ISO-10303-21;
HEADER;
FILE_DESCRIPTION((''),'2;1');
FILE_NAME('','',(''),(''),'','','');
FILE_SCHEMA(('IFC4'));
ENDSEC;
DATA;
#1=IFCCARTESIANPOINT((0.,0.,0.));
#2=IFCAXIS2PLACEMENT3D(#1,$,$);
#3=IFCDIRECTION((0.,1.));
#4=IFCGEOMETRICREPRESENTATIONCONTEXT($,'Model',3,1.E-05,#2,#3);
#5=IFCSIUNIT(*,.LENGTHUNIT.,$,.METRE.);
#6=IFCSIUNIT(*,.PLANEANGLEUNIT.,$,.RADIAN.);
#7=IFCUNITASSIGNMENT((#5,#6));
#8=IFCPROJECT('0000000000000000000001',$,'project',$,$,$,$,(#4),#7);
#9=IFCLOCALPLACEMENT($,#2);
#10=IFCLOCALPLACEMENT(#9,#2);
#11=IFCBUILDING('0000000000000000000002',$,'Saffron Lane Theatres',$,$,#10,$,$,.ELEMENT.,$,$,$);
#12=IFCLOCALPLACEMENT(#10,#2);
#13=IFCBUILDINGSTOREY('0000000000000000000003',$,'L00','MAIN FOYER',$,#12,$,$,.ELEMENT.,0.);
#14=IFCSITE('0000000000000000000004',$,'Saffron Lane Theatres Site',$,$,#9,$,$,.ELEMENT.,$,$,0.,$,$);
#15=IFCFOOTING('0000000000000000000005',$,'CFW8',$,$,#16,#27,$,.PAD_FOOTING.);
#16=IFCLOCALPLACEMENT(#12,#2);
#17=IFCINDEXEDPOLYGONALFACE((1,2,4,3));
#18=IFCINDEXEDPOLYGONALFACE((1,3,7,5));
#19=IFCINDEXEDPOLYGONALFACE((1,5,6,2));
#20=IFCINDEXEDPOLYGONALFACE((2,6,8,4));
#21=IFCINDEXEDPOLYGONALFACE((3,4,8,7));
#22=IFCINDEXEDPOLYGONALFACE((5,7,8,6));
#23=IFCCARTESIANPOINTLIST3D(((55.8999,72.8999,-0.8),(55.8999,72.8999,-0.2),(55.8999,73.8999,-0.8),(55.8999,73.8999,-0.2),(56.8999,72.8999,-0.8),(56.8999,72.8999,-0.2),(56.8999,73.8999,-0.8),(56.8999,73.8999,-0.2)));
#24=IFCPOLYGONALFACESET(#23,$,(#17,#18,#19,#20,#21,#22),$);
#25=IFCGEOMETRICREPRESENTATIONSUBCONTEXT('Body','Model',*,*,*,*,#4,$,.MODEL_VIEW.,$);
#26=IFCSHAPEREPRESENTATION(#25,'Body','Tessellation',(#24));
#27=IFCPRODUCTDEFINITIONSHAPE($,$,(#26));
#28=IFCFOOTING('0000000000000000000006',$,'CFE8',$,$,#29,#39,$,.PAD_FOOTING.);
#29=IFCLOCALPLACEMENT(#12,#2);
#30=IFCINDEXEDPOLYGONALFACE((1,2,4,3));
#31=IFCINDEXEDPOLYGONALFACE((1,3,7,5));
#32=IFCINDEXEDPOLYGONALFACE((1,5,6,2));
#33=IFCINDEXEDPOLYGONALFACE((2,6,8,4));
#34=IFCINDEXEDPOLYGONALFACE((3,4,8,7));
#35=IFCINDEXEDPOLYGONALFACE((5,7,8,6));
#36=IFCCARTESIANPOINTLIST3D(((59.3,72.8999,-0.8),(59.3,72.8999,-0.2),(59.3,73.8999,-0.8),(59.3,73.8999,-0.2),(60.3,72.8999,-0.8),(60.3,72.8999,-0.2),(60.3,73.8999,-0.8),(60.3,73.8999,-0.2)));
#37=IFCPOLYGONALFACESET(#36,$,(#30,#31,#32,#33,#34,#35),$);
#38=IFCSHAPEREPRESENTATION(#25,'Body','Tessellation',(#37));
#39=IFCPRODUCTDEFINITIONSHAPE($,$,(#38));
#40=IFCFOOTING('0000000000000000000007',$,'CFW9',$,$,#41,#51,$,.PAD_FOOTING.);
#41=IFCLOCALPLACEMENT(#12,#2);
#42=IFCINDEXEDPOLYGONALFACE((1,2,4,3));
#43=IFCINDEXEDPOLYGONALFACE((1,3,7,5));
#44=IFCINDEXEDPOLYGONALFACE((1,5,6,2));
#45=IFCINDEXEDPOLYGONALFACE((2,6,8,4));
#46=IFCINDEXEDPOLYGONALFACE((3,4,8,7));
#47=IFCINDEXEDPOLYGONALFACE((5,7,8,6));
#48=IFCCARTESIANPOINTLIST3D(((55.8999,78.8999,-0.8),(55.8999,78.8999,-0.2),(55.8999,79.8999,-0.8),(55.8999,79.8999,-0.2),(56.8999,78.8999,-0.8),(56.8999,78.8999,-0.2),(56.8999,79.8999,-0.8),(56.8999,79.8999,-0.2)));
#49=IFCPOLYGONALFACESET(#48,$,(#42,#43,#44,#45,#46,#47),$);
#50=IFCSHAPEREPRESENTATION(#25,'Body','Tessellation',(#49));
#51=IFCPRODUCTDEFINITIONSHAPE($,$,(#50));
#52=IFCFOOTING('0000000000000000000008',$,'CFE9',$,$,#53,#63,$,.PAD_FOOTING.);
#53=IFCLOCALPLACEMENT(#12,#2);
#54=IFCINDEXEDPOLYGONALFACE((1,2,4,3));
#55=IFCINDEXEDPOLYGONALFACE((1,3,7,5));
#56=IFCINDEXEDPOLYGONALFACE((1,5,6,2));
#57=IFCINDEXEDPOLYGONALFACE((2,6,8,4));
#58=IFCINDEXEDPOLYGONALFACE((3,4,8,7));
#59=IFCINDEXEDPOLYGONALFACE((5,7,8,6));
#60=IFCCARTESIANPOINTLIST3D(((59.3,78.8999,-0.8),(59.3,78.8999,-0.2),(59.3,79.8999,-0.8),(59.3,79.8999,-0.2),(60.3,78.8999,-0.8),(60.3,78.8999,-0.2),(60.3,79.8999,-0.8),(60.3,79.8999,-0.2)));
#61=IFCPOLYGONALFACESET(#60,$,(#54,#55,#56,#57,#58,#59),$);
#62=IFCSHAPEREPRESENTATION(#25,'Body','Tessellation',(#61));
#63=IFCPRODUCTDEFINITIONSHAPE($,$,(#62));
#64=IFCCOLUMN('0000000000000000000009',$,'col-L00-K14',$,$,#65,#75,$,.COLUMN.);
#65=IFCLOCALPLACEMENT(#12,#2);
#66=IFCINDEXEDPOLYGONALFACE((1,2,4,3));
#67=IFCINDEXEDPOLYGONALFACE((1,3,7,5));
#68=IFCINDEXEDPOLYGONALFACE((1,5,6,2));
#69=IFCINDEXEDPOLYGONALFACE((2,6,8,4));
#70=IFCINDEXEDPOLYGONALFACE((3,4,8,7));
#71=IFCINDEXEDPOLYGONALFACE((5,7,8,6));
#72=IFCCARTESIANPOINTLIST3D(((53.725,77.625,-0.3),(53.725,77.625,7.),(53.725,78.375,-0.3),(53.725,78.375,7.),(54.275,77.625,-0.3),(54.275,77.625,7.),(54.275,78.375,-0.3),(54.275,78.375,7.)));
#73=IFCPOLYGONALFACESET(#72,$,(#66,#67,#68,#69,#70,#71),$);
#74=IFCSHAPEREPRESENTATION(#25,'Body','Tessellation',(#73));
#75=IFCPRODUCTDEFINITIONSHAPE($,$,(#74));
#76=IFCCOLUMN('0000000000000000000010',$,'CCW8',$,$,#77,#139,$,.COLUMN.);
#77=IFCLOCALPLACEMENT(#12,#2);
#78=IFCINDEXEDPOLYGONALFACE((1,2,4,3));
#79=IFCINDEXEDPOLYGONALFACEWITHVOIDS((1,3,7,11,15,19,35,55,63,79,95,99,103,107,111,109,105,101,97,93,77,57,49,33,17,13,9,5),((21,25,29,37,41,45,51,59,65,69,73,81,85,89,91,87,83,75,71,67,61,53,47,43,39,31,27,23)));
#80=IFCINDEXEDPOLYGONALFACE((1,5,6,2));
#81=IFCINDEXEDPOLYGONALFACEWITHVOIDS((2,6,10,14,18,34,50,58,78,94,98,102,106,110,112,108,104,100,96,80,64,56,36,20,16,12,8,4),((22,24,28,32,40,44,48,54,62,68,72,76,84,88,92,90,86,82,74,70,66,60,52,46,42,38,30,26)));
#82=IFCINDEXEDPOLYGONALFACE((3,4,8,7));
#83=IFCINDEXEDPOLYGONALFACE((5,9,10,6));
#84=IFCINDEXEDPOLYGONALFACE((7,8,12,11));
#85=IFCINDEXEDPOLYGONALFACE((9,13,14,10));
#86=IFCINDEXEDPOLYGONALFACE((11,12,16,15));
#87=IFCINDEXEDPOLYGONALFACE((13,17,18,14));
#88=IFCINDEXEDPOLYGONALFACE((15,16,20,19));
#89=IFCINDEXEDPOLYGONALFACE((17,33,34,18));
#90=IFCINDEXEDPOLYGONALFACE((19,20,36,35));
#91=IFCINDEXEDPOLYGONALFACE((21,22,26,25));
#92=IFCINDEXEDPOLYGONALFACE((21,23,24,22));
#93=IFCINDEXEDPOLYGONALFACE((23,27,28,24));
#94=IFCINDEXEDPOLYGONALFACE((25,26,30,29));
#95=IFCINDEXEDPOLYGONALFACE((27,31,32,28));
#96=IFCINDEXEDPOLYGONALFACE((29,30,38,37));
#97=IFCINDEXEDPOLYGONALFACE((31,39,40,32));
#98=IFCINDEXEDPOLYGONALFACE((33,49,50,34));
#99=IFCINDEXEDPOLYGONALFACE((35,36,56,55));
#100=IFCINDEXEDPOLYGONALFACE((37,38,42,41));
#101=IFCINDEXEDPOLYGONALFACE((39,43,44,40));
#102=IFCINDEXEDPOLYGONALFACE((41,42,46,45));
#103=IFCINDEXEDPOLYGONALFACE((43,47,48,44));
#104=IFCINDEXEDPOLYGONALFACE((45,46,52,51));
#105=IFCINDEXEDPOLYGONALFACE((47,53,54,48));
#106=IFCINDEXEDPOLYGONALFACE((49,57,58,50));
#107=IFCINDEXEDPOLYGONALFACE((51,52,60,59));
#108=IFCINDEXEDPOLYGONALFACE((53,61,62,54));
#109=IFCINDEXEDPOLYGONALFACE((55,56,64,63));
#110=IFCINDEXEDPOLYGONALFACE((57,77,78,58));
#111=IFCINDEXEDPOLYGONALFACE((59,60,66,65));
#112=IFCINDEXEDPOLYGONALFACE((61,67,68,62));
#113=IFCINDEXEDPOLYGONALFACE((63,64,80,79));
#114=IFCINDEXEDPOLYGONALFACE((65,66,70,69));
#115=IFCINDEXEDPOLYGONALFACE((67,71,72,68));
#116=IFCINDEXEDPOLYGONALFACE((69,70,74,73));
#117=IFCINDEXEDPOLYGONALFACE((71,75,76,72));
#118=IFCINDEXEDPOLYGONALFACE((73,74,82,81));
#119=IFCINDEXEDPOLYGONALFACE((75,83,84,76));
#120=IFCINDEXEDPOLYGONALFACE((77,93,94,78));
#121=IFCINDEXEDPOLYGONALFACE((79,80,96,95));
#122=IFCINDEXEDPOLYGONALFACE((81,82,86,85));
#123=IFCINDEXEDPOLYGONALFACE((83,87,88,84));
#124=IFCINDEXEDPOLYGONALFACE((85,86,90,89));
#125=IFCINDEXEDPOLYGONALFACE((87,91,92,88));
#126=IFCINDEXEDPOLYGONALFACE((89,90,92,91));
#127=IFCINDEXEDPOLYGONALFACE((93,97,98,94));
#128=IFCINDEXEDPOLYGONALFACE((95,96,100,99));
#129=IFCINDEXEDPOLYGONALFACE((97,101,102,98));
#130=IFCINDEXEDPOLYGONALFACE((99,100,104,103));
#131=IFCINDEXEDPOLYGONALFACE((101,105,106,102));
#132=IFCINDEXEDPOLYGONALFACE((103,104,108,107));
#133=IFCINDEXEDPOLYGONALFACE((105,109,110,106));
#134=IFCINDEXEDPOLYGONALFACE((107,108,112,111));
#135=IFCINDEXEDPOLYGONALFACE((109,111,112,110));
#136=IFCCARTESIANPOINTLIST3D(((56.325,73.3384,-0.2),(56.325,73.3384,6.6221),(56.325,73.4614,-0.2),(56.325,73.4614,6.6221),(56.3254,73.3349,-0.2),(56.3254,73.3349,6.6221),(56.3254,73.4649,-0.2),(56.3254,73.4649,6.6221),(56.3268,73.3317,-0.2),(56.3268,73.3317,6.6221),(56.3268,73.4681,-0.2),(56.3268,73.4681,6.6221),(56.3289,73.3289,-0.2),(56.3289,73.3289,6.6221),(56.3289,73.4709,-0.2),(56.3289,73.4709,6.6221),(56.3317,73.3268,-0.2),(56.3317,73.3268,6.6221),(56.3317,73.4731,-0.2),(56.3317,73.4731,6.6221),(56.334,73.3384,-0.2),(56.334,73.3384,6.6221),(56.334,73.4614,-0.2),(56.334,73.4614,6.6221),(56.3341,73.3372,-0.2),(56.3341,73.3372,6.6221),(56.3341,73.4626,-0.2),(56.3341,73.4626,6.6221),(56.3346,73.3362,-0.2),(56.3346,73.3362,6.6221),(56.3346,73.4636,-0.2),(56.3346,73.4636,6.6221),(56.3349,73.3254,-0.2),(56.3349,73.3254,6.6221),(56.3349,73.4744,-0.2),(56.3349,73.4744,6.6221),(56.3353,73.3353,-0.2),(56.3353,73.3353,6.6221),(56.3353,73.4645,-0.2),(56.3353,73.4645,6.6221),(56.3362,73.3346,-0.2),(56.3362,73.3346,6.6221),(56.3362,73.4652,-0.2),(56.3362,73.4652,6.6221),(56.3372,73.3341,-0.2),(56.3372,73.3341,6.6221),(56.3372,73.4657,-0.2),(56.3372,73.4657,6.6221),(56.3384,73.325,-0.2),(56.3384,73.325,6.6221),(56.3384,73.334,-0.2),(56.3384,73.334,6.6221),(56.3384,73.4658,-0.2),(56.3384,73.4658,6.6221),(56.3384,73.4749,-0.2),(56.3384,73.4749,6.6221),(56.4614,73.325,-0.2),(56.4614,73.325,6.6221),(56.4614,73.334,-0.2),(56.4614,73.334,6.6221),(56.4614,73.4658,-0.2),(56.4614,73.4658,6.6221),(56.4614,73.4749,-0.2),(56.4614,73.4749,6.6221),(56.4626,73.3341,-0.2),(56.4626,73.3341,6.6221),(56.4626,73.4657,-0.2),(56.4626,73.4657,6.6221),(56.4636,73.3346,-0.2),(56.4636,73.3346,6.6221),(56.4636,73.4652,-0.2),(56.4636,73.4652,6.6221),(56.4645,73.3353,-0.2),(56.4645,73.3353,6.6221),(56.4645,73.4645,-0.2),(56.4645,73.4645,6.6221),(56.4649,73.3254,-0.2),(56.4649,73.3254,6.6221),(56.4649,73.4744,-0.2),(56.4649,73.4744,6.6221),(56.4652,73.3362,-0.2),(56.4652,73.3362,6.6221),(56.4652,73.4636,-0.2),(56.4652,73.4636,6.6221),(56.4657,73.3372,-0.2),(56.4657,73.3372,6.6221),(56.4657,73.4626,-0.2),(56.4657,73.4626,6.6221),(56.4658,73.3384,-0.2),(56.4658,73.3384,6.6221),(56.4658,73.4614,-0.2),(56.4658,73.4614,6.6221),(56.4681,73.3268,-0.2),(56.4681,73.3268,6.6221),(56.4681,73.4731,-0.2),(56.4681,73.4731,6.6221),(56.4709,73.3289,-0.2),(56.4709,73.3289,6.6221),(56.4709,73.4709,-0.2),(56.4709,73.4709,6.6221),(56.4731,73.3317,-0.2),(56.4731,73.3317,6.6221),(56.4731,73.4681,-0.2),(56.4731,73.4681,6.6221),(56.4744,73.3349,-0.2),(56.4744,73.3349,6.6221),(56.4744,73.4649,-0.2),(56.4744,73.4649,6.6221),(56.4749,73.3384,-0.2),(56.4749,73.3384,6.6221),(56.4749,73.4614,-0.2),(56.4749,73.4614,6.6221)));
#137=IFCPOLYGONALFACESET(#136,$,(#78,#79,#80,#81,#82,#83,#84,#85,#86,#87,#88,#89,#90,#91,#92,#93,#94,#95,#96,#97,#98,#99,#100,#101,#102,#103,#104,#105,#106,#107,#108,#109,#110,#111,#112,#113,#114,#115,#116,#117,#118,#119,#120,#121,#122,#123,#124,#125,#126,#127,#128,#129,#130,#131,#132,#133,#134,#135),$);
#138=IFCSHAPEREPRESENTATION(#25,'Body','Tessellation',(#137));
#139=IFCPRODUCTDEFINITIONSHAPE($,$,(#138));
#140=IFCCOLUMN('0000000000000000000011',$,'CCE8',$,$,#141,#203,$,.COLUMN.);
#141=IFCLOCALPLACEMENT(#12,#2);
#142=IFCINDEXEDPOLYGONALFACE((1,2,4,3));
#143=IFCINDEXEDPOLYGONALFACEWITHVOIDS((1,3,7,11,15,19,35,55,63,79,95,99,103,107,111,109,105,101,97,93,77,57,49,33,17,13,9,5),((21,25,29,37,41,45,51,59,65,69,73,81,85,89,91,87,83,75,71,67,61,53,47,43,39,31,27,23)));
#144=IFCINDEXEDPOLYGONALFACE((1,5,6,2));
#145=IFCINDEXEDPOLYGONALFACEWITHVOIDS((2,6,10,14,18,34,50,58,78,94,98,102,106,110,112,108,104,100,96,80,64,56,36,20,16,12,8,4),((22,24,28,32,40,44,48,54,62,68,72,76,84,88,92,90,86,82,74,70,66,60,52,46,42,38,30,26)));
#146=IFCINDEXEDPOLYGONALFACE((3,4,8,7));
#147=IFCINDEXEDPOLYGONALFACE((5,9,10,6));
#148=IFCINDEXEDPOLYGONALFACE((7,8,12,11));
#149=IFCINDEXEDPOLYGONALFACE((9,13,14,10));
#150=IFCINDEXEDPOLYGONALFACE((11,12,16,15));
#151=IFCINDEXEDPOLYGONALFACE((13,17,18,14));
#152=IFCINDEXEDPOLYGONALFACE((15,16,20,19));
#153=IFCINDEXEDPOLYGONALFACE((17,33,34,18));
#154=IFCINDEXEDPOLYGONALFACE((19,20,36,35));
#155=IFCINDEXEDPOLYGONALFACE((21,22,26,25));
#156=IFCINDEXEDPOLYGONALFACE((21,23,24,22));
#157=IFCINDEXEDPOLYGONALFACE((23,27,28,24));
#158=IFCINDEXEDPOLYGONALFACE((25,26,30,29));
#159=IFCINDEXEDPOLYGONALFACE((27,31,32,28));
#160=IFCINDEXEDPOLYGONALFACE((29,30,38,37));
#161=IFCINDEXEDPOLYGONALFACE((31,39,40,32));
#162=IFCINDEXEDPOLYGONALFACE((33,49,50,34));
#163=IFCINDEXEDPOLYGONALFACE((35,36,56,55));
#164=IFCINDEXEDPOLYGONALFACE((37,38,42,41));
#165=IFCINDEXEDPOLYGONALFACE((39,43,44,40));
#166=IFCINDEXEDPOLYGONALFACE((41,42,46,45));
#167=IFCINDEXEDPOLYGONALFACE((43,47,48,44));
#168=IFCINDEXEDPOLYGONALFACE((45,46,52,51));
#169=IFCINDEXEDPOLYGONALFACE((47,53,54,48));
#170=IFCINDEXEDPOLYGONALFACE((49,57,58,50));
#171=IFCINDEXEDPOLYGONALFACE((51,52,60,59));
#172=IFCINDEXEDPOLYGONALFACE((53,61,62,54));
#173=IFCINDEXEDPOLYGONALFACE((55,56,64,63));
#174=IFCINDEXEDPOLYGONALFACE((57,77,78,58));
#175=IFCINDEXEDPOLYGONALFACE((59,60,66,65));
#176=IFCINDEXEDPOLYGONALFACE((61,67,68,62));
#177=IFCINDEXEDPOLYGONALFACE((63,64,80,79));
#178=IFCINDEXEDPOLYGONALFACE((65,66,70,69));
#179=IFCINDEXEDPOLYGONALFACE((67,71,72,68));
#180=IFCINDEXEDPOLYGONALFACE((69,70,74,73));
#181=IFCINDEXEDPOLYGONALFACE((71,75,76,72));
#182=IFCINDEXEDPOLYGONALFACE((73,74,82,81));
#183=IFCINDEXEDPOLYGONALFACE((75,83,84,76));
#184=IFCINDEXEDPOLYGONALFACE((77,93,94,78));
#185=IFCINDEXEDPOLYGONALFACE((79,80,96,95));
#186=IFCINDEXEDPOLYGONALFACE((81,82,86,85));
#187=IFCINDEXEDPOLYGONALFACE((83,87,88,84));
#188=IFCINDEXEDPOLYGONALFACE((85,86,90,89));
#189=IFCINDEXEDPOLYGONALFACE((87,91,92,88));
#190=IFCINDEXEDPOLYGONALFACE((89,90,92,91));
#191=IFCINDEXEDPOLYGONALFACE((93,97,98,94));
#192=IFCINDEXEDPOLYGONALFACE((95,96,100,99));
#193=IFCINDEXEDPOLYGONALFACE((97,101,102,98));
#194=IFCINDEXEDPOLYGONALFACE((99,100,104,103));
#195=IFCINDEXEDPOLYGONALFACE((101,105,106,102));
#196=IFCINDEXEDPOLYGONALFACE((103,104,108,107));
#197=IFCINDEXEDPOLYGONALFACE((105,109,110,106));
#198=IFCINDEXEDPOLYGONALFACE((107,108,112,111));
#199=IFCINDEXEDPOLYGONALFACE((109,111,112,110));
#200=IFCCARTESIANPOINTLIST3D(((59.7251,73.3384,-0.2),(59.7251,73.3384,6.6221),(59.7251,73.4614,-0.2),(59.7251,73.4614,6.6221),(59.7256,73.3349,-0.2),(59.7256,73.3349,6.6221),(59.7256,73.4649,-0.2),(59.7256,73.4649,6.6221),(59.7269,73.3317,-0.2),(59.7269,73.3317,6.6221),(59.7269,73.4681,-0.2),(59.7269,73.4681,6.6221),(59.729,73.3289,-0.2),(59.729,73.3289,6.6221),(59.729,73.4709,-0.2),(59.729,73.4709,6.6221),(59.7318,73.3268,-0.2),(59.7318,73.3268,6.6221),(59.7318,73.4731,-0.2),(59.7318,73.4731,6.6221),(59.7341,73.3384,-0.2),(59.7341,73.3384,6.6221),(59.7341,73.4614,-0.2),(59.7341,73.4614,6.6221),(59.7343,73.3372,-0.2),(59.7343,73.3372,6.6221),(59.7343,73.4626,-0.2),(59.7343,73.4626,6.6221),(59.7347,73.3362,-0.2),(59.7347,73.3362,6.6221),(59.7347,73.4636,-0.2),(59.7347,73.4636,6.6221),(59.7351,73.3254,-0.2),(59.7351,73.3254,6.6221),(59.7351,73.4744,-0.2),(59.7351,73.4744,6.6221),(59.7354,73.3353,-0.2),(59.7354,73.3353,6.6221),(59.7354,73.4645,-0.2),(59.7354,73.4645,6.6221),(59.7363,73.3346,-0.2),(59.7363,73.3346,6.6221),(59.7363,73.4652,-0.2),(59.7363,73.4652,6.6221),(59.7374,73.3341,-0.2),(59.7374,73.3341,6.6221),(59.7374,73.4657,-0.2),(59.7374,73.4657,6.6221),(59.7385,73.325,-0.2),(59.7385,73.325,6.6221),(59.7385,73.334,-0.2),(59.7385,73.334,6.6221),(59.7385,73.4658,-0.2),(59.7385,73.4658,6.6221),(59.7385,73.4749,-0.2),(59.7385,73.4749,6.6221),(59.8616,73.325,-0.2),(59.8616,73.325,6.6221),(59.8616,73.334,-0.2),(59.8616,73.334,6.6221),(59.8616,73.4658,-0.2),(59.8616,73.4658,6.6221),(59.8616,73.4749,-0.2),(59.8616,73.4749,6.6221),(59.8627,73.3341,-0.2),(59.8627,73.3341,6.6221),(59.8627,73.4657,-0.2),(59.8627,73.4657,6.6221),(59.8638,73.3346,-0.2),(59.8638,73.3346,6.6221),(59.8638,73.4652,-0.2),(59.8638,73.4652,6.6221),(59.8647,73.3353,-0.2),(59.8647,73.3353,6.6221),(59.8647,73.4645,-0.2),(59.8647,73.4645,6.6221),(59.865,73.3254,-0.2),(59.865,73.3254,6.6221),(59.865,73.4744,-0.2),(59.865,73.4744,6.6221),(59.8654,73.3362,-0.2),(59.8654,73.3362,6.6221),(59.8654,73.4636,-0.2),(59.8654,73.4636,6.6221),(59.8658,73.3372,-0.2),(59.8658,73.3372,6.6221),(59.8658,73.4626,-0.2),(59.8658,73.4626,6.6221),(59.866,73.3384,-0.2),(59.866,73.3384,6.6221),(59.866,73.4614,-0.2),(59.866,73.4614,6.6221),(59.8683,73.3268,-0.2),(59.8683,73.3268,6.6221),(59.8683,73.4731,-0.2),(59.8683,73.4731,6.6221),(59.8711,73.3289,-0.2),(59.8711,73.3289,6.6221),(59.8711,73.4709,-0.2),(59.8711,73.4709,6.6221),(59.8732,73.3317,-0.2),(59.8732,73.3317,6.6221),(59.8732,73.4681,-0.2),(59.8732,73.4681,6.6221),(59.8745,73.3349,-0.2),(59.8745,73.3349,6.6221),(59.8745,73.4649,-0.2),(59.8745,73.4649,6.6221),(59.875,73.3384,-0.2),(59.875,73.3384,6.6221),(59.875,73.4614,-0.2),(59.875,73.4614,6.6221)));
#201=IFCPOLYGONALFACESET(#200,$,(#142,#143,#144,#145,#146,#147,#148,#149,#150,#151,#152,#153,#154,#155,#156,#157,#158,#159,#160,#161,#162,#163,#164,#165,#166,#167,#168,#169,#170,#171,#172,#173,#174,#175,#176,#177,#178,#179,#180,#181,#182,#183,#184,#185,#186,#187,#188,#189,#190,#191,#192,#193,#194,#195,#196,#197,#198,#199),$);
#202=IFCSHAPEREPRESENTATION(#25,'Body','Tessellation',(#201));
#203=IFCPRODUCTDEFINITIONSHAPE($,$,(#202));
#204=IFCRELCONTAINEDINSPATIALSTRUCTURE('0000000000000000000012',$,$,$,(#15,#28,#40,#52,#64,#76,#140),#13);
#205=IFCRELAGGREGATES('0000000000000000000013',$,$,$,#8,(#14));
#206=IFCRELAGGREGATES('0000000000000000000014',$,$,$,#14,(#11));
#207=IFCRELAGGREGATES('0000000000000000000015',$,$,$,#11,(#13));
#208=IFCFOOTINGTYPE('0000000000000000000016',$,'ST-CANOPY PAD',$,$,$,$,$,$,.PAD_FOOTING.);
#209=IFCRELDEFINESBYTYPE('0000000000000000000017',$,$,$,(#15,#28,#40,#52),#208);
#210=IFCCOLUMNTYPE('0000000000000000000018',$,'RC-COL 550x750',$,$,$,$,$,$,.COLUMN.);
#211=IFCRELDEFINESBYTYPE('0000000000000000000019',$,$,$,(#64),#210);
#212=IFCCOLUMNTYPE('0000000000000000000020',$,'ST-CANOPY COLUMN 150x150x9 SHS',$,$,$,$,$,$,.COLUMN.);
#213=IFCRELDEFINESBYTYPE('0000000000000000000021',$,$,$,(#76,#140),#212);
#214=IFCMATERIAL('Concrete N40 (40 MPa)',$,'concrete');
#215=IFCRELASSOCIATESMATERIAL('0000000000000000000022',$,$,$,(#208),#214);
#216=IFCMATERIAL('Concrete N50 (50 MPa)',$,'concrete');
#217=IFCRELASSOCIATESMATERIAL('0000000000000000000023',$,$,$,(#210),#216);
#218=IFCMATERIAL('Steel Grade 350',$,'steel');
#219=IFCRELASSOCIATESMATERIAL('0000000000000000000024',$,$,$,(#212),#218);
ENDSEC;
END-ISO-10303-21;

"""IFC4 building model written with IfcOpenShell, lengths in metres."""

from ifc_helpers import new_model, si_unit, direction, frame, origin, origin_2d, place, context, subcontext, project, spatial, rectangle, hollow_rectangle, extrude, material, material_profile, profile_set, type_object, element, save


model = new_model("IFC4")

# Units and contexts
model_context = context("Model", 3, precision=1e-05, world=origin(), true_north=direction((0.0, 1.0)))
body_context = subcontext(model_context, "Body", "Model", "MODEL_VIEW")
ifc_project = project(units=[si_unit("LENGTHUNIT", "METRE"), si_unit("PLANEANGLEUNIT", "RADIAN")], contexts=[model_context])

# Site, building, storey
site_placement = place(None, origin())
site = spatial("IfcSite", under=ifc_project, at=site_placement, Name="Saffron Lane Theatres Site", CompositionType="ELEMENT", RefElevation=0.0)
building_placement = place(site_placement, origin())
building = spatial("IfcBuilding", under=site, at=building_placement, Name="Saffron Lane Theatres", CompositionType="ELEMENT")
storey_placement = place(building_placement, origin())
storey = spatial("IfcBuildingStorey", under=building, at=storey_placement, Name="L00", Description="MAIN FOYER", CompositionType="ELEMENT", Elevation=0.0)

# Footings
ifc_material_1 = material(Name="Concrete N40 (40 MPa)", Category="concrete")
footing_type = type_object("IfcFootingType", Name="ST-CANOPY PAD", PredefinedType="PAD_FOOTING", material=ifc_material_1)
for number, where, z_axis, x_axis, name in (
    (1, (56.3999, 73.3999, -0.8), (0.0, 0.0, 1.0), (1.0, 0.0, 0.0), "CFW8"),
    (2, (59.8, 73.3999, -0.8), (0.0, 0.0, 1.0), (1.0, 0.0, 0.0), "CFE8"),
    (3, (56.3999, 79.3999, -0.8), (0.0, 0.0, 1.0), (1.0, 0.0, 0.0), "CFW9"),
    (4, (59.8, 79.3999, -0.8), (0.0, 0.0, 1.0), (1.0, 0.0, 0.0), "CFE9"),
):
    element("IfcFooting", number, at=place(storey_placement, frame(where, z_axis=z_axis, x_axis=x_axis)), inside=storey, type_object=footing_type, Name=name, PredefinedType="PAD_FOOTING", context=body_context, shape_type="SweptSolid", body=[
        extrude(rectangle(XDim=1.0, YDim=1.0, at=origin_2d()), origin(), (0.0, 0.0, 1.0), 0.6001),
    ])

# Columns
ifc_material_2 = material(Name="Concrete N50 (50 MPa)", Category="concrete")
ifc_material_profile_1 = material_profile(ifc_material_2, rectangle(XDim=0.55, YDim=0.75, at=origin_2d()))
ifc_profile_set_1 = profile_set([ifc_material_profile_1], Name="Concrete N50 (50 MPa)")
column_type_1 = type_object("IfcColumnType", Name="RC-COL 550x750", PredefinedType="COLUMN", material=ifc_profile_set_1)
column_placement = place(storey_placement, frame((54.0, 78.0, -0.3), z_axis=(0.0, 0.0, 1.0), x_axis=(1.0, 0.0, 0.0)))
element("IfcColumn", 5, at=column_placement, inside=storey, type_object=column_type_1, Name="col-L00-K14", PredefinedType="COLUMN", context=body_context, shape_type="SweptSolid", body=[
    extrude(rectangle(XDim=0.55, YDim=0.75, at=origin_2d()), origin(), (0.0, 0.0, 1.0), 7.3),
])
ifc_material_3 = material(Name="Steel Grade 350", Category="steel")
ifc_material_profile_2 = material_profile(ifc_material_3, hollow_rectangle(XDim=0.1499, YDim=0.1499, WallThickness=0.009, InnerFilletRadius=0.0044, OuterFilletRadius=0.0134, at=origin_2d()))
ifc_profile_set_2 = profile_set([ifc_material_profile_2], Name="Steel Grade 350")
column_type_2 = type_object("IfcColumnType", Name="ST-CANOPY COLUMN 150x150x9 SHS", PredefinedType="COLUMN", material=ifc_profile_set_2)
for number, where, z_axis, x_axis, name in (
    (6, (56.3999, 73.3999, -0.2), (0.0, 0.0, 1.0), (1.0, 0.0, 0.0), "CCW8"),
    (7, (59.8, 73.3999, -0.2), (0.0, 0.0, 1.0), (1.0, 0.0, 0.0), "CCE8"),
):
    element("IfcColumn", number, at=place(storey_placement, frame(where, z_axis=z_axis, x_axis=x_axis)), inside=storey, type_object=column_type_2, Name=name, PredefinedType="COLUMN", context=body_context, shape_type="SweptSolid", body=[
        extrude(hollow_rectangle(XDim=0.1499, YDim=0.1499, WallThickness=0.009, InnerFilletRadius=0.0044, OuterFilletRadius=0.0134, at=origin_2d()), origin(), (0.0, 0.0, 1.0), 6.822),
    ])

save(model, "model.ifc")
